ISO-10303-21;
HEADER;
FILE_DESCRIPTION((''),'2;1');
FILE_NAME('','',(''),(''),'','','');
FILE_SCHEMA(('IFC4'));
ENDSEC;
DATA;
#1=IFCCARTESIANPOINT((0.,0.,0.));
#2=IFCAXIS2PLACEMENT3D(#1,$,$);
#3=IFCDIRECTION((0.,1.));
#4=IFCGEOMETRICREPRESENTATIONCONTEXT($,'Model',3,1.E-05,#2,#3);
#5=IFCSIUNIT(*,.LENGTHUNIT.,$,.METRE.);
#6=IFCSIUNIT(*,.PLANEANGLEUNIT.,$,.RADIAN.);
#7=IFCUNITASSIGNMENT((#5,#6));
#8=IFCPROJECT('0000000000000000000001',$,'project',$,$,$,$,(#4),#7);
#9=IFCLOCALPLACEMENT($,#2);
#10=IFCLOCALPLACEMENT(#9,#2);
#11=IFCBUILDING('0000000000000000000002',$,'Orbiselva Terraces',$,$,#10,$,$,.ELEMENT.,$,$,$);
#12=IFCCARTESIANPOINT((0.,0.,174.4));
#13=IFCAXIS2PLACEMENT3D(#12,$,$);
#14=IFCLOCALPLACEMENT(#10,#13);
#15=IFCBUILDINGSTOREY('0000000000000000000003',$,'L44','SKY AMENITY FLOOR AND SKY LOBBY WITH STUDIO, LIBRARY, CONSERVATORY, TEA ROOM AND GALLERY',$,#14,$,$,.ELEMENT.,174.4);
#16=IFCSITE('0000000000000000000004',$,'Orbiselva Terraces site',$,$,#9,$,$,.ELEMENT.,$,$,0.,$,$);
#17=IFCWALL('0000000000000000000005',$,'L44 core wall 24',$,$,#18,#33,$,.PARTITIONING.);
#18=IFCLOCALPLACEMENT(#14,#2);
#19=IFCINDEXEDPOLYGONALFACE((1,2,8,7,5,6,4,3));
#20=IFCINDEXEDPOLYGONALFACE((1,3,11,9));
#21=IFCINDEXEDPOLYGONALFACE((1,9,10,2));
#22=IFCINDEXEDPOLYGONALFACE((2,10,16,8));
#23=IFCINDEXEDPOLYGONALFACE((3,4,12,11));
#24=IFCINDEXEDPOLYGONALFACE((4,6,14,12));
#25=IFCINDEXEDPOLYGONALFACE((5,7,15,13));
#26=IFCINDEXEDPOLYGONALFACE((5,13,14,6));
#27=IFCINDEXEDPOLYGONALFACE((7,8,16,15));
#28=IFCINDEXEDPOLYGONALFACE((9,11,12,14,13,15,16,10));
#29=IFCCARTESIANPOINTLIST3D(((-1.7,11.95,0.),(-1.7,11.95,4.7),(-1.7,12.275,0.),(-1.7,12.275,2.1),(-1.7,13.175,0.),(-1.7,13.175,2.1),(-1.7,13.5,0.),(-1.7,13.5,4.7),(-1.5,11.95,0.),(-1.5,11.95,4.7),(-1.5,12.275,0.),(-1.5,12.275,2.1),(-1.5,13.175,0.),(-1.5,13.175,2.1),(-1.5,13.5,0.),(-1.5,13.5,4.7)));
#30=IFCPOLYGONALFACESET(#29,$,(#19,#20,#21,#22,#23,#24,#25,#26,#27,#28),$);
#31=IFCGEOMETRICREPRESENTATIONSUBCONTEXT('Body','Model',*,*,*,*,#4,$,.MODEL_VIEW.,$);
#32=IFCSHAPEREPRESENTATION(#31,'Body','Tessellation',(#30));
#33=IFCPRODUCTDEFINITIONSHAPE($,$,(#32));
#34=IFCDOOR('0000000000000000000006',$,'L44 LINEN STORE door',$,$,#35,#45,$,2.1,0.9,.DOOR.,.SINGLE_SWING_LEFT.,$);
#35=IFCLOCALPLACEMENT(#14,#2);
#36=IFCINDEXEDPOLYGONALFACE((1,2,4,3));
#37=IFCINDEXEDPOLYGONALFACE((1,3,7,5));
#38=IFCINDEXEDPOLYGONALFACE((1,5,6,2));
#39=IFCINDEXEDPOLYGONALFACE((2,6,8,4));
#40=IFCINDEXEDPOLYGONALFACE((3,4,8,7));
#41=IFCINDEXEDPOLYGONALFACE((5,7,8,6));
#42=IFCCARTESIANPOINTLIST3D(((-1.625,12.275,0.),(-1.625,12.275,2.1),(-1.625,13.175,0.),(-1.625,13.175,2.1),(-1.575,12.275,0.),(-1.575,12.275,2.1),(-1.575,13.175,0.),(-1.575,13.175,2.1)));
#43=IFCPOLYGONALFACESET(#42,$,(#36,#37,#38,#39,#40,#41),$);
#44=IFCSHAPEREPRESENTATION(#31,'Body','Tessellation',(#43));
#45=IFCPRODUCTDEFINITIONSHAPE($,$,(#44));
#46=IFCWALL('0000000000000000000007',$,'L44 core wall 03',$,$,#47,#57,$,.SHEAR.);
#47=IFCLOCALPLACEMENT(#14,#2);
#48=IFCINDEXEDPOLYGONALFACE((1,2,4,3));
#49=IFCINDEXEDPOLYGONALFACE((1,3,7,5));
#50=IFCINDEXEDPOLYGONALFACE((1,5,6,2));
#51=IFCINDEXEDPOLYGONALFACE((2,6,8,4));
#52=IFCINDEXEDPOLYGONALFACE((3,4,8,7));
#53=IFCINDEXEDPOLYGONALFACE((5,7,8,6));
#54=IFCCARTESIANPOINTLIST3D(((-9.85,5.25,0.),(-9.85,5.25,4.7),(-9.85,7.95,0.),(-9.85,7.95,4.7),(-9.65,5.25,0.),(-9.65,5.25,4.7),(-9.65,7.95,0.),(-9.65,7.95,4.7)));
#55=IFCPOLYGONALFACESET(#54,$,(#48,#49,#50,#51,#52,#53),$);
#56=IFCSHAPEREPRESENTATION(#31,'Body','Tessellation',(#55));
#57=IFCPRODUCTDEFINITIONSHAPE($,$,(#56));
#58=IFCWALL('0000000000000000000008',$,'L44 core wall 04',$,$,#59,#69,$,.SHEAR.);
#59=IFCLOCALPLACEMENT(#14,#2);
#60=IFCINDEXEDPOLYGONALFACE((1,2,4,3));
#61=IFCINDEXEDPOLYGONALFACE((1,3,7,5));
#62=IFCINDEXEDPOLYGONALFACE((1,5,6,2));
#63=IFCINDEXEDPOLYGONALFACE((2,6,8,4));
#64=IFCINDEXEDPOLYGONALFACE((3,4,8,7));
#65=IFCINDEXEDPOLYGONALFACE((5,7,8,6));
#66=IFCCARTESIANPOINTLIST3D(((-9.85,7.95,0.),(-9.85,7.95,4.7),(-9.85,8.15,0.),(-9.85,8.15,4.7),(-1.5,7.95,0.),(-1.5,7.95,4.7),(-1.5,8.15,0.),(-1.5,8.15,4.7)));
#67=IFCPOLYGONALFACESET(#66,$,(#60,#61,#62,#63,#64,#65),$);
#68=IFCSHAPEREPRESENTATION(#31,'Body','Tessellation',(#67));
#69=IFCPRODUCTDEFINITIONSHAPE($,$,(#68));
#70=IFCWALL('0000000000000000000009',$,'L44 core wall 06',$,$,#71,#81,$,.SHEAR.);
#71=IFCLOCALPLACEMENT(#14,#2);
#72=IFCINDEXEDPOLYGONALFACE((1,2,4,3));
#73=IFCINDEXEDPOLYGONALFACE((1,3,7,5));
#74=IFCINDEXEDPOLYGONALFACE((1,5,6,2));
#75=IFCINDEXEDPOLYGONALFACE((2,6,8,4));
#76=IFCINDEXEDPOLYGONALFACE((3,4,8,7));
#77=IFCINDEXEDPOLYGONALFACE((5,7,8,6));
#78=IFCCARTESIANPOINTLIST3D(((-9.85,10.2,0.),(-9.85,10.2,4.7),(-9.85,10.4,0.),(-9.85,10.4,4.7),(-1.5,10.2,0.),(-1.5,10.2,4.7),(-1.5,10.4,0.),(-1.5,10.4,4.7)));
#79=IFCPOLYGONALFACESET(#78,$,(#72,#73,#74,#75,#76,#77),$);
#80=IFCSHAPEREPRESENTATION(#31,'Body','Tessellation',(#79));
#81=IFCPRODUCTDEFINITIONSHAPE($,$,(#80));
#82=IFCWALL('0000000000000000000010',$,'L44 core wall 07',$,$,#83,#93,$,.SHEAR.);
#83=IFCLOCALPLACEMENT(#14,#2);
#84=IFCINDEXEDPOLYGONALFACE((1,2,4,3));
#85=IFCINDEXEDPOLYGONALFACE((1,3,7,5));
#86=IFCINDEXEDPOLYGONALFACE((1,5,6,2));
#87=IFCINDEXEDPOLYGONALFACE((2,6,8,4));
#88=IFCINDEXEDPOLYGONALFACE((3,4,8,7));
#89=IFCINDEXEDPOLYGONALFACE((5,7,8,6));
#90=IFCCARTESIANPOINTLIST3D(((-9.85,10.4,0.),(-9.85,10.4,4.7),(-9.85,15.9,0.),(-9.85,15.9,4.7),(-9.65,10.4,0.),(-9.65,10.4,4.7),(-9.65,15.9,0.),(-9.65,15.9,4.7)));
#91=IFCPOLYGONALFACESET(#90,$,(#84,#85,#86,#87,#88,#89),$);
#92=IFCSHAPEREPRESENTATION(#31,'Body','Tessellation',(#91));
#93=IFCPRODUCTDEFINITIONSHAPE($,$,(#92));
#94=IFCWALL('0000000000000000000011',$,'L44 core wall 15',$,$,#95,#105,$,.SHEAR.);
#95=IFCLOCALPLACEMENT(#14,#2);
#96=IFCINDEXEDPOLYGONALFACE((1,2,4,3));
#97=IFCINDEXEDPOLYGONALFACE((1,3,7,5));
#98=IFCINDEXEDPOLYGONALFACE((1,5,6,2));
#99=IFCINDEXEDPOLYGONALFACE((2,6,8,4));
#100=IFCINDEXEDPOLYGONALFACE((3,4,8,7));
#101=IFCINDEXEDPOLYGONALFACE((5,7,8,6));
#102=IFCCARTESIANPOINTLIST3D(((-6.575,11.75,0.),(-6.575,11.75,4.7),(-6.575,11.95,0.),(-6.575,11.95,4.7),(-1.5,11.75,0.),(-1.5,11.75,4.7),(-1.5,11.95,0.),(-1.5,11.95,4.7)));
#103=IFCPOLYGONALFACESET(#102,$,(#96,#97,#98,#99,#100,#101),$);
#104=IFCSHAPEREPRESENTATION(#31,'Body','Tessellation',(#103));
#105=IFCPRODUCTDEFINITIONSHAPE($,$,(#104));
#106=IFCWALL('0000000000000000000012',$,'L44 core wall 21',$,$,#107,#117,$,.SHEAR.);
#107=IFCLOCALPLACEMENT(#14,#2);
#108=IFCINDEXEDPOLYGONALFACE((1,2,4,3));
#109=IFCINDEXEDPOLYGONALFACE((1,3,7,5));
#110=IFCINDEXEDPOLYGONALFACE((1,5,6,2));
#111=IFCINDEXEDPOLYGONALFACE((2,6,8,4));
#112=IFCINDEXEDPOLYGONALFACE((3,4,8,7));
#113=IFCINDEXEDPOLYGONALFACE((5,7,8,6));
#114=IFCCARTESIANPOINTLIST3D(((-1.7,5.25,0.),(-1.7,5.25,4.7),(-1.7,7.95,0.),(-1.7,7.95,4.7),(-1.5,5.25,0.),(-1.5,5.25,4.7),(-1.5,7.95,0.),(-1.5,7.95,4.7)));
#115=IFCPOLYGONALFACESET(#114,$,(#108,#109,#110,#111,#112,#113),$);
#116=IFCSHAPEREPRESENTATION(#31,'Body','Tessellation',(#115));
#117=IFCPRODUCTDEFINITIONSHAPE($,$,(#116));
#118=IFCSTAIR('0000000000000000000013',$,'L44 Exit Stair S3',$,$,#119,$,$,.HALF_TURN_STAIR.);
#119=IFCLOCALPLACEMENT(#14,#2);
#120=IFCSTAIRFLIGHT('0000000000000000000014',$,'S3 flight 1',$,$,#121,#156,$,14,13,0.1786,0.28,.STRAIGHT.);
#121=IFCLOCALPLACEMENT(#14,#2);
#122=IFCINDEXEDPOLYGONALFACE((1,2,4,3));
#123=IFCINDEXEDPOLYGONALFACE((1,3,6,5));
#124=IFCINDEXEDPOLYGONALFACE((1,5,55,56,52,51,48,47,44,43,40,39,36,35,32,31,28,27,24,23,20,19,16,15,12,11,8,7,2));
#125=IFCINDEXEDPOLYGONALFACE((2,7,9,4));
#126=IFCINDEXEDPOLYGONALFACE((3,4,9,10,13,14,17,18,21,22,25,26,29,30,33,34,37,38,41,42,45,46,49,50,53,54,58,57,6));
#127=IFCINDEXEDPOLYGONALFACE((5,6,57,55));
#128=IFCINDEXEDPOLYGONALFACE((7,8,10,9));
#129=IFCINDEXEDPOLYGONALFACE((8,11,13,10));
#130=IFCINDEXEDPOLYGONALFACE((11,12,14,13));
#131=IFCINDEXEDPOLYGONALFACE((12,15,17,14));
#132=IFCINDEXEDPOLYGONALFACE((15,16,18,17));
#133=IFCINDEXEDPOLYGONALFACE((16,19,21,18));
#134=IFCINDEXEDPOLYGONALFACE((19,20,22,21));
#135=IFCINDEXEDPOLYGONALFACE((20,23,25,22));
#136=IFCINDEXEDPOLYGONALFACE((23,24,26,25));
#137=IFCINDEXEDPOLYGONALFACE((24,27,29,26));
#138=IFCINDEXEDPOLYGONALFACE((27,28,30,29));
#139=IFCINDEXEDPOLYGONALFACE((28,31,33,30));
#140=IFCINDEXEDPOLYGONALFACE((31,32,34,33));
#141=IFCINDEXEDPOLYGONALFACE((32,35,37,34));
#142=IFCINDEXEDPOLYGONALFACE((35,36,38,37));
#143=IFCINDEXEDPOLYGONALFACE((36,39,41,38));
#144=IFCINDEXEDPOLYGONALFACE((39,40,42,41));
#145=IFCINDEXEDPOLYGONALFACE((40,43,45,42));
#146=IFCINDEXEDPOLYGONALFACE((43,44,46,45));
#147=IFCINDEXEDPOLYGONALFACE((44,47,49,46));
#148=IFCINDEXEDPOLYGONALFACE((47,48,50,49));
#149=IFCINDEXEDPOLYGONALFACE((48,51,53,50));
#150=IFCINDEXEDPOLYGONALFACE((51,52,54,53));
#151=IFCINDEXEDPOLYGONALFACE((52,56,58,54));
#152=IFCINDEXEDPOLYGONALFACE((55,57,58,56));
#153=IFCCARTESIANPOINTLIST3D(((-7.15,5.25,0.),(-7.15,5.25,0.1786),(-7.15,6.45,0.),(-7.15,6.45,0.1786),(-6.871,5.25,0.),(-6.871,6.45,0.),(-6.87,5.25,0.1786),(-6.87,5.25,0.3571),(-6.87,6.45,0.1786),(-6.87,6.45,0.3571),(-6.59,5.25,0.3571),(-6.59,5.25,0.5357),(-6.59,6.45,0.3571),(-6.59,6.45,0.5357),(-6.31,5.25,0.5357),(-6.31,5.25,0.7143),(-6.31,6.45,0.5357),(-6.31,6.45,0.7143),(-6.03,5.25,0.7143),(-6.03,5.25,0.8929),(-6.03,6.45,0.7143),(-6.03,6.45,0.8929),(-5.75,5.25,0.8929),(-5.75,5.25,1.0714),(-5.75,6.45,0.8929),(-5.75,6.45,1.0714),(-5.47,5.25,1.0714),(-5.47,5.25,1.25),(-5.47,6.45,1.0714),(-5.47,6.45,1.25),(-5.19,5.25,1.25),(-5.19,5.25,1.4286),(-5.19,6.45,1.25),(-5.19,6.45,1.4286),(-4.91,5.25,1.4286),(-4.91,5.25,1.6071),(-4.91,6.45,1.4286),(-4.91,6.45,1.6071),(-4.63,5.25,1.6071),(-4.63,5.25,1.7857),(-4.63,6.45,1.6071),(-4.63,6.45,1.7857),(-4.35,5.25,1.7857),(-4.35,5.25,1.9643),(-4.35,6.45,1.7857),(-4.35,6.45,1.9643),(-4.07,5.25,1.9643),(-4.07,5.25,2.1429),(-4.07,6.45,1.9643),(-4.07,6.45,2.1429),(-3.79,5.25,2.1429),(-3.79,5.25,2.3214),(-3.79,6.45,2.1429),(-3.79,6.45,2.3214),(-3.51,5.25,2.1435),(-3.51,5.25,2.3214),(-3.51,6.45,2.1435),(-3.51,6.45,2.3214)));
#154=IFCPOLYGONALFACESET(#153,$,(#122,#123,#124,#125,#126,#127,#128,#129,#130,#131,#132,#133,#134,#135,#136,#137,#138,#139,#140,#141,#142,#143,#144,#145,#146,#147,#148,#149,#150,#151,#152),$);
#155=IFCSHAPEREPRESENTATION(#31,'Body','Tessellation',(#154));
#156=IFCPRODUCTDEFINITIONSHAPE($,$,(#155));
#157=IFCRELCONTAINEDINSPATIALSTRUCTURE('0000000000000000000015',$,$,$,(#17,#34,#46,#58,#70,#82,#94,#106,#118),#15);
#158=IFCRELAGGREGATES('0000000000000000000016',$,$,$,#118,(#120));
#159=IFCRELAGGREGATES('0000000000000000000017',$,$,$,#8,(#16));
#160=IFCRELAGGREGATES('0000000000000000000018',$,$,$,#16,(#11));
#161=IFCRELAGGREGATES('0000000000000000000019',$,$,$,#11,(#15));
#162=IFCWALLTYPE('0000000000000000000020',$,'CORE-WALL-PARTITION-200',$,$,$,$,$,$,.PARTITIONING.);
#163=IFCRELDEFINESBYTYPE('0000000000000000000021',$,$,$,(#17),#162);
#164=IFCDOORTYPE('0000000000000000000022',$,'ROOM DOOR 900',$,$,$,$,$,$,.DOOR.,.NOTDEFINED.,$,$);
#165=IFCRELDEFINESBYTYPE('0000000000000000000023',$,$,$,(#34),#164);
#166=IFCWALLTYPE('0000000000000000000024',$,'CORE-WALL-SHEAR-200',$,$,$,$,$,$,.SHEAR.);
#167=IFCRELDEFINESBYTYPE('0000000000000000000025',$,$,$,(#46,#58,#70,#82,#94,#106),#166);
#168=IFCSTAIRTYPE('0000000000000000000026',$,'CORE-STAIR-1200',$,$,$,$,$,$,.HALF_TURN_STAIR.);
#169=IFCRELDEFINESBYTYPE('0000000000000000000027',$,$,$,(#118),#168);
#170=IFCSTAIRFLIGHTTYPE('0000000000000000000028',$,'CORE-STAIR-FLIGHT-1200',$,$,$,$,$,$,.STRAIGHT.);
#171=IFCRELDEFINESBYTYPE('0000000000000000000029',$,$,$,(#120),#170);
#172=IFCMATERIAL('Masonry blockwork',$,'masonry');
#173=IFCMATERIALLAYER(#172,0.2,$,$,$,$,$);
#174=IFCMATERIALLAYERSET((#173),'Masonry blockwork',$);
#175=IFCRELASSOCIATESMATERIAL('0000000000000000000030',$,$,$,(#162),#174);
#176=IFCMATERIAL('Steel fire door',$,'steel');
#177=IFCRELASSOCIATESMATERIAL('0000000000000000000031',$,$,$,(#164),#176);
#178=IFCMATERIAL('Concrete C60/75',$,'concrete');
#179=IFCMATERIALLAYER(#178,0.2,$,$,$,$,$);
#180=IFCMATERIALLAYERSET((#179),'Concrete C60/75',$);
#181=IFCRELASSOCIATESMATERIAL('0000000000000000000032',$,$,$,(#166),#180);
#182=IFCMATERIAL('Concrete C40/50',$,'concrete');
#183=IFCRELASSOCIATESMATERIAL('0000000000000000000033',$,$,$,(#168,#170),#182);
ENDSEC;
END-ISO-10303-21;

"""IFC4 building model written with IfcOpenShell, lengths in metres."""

from ifc_helpers import new_model, si_unit, direction, frame, frame_2d, origin, place, context, subcontext, project, spatial, polyline, rectangle, outline, extrude, material, layer, layer_set, type_object, element, fill, aggregate, save


model = new_model("IFC4")

# Units and contexts
model_context = context("Model", 3, precision=1e-05, world=origin(), true_north=direction((0.0, 1.0)))
body_context = subcontext(model_context, "Body", "Model", "MODEL_VIEW")
ifc_project = project(units=[si_unit("LENGTHUNIT", "METRE"), si_unit("PLANEANGLEUNIT", "RADIAN")], contexts=[model_context])

# Site, building, storey
site_placement = place(None, origin())
site = spatial("IfcSite", under=ifc_project, at=site_placement, Name="Orbiselva Terraces site", CompositionType="ELEMENT", RefElevation=0.0)
building_placement = place(site_placement, origin())
building = spatial("IfcBuilding", under=site, at=building_placement, Name="Orbiselva Terraces", CompositionType="ELEMENT")
storey_placement = place(building_placement, frame((0.0, 0.0, 174.4)))
storey = spatial("IfcBuildingStorey", under=building, at=storey_placement, Name="L44", Description="SKY AMENITY FLOOR AND SKY LOBBY WITH STUDIO, LIBRARY, CONSERVATORY, TEA ROOM AND GALLERY", CompositionType="ELEMENT", Elevation=174.4)

# Shared definitions
ifc_material_1 = material(Name="Masonry blockwork", Category="masonry")
ifc_layer_1 = layer(ifc_material_1, 0.2)
ifc_layer_set_1 = layer_set([ifc_layer_1], Name="Masonry blockwork")
wall_type_1 = type_object("IfcWallType", Name="CORE-WALL-PARTITION-200", PredefinedType="PARTITIONING", material=ifc_layer_set_1)
ifc_material_2 = material(Name="Steel fire door", Category="steel")
door_type = type_object("IfcDoorType", Name="ROOM DOOR 900", OperationType="NOTDEFINED", PredefinedType="DOOR", material=ifc_material_2)

# Wall, opening, door
wall_1_placement = place(storey_placement, frame((-1.6, 11.95, 0.0), z_axis=(0.0, 0.0, 1.0), x_axis=(0.0, 1.0, 0.0)))
wall_1 = element("IfcWall", 1, at=wall_1_placement, inside=storey, type_object=wall_type_1, Name="L44 core wall 24", PredefinedType="PARTITIONING", context=body_context, shape_type="SweptSolid", body=[
    extrude(rectangle(XDim=1.55, YDim=0.2, at=frame_2d((0.775, 0.0))), origin(), (0.0, 0.0, 1.0), 4.7),
])
opening_1_placement = place(wall_1_placement, frame((0.325, 0.0, 0.0)))
opening_1 = element("IfcOpeningElement", 2, at=opening_1_placement, cuts=wall_1, PredefinedType="OPENING", context=body_context, shape_type="SweptSolid", body=[
    extrude(rectangle(XDim=0.9, YDim=2.1, at=frame_2d((0.45, 1.05))), frame((0.0, 0.11, 0.0), z_axis=(0.0, -1.0, 0.0), x_axis=(1.0, 0.0, 0.0)), (0.0, 0.0, 1.0), 0.22),
])
door_1_placement = place(opening_1_placement, origin())
door_1 = element("IfcDoor", 3, at=door_1_placement, inside=storey, type_object=door_type, Name="L44 LINEN STORE door", OperationType="SINGLE_SWING_LEFT", OverallHeight=2.1, OverallWidth=0.9, PredefinedType="DOOR", context=body_context, shape_type="SweptSolid", body=[
    extrude(rectangle(XDim=0.9, YDim=2.1, at=frame_2d((0.45, 1.05))), frame((0.0, 0.025, 0.0), z_axis=(0.0, -1.0, 0.0), x_axis=(1.0, 0.0, 0.0)), (0.0, 0.0, 1.0), 0.05),
])
fill(opening_1, door_1)

# Walls
ifc_material_3 = material(Name="Concrete C60/75", Category="concrete")
ifc_layer_2 = layer(ifc_material_3, 0.2)
ifc_layer_set_2 = layer_set([ifc_layer_2], Name="Concrete C60/75")
wall_type_2 = type_object("IfcWallType", Name="CORE-WALL-SHEAR-200", PredefinedType="SHEAR", material=ifc_layer_set_2)
wall_2_placement = place(storey_placement, frame((-9.75, 5.25, 0.0), z_axis=(0.0, 0.0, 1.0), x_axis=(0.0, 1.0, 0.0)))
element("IfcWall", 4, at=wall_2_placement, inside=storey, type_object=wall_type_2, Name="L44 core wall 03", PredefinedType="SHEAR", context=body_context, shape_type="SweptSolid", body=[
    extrude(rectangle(XDim=2.7, YDim=0.2, at=frame_2d((1.35, 0.0))), origin(), (0.0, 0.0, 1.0), 4.7),
])
for number, where, z_axis, x_axis, name in (
    (5, (-9.85, 8.05, 0.0), (0.0, 0.0, 1.0), (1.0, 0.0, 0.0), "L44 core wall 04"),
    (6, (-9.85, 10.3, 0.0), (0.0, 0.0, 1.0), (1.0, 0.0, 0.0), "L44 core wall 06"),
):
    element("IfcWall", number, at=place(storey_placement, frame(where, z_axis=z_axis, x_axis=x_axis)), inside=storey, type_object=wall_type_2, Name=name, PredefinedType="SHEAR", context=body_context, shape_type="SweptSolid", body=[
        extrude(rectangle(XDim=8.35, YDim=0.2, at=frame_2d((4.175, 0.0))), origin(), (0.0, 0.0, 1.0), 4.7),
    ])
wall_3_placement = place(storey_placement, frame((-9.75, 10.4, 0.0), z_axis=(0.0, 0.0, 1.0), x_axis=(0.0, 1.0, 0.0)))
element("IfcWall", 7, at=wall_3_placement, inside=storey, type_object=wall_type_2, Name="L44 core wall 07", PredefinedType="SHEAR", context=body_context, shape_type="SweptSolid", body=[
    extrude(rectangle(XDim=5.5, YDim=0.2, at=frame_2d((2.75, 0.0))), origin(), (0.0, 0.0, 1.0), 4.7),
])
wall_4_placement = place(storey_placement, frame((-6.575, 11.85, 0.0), z_axis=(0.0, 0.0, 1.0), x_axis=(1.0, 0.0, 0.0)))
element("IfcWall", 8, at=wall_4_placement, inside=storey, type_object=wall_type_2, Name="L44 core wall 15", PredefinedType="SHEAR", context=body_context, shape_type="SweptSolid", body=[
    extrude(rectangle(XDim=5.075, YDim=0.2, at=frame_2d((2.5375, 0.0))), origin(), (0.0, 0.0, 1.0), 4.7),
])
wall_5_placement = place(storey_placement, frame((-1.6, 5.25, 0.0), z_axis=(0.0, 0.0, 1.0), x_axis=(0.0, 1.0, 0.0)))
element("IfcWall", 9, at=wall_5_placement, inside=storey, type_object=wall_type_2, Name="L44 core wall 21", PredefinedType="SHEAR", context=body_context, shape_type="SweptSolid", body=[
    extrude(rectangle(XDim=2.7, YDim=0.2, at=frame_2d((1.35, 0.0))), origin(), (0.0, 0.0, 1.0), 4.7),
])

# Stair, stair flight
ifc_material_4 = material(Name="Concrete C40/50", Category="concrete")
stair_type = type_object("IfcStairType", Name="CORE-STAIR-1200", PredefinedType="HALF_TURN_STAIR", material=ifc_material_4)
stair_placement = place(storey_placement, origin())
stair = element("IfcStair", 10, at=stair_placement, inside=storey, type_object=stair_type, Name="L44 Exit Stair S3", PredefinedType="HALF_TURN_STAIR")
stair_flight_type = type_object("IfcStairFlightType", Name="CORE-STAIR-FLIGHT-1200", PredefinedType="STRAIGHT", material=ifc_material_4)
stair_flight_1_placement = place(storey_placement, frame((-7.15, 5.85, 0.0), z_axis=(0.0, 0.0, 1.0), x_axis=(1.0, 0.0, 0.0)))
stair_flight_1 = element("IfcStairFlight", 11, at=stair_flight_1_placement, type_object=stair_flight_type, Name="S3 flight 1", NumberOfRisers=14, NumberOfTreads=13, PredefinedType="STRAIGHT", RiserHeight=0.1786, TreadLength=0.28, context=body_context, shape_type="SweptSolid", body=[
    extrude(outline(polyline([(0.0, 0.0), (0.0, 0.1786), (0.28, 0.1786), (0.28, 0.3571), (0.56, 0.3571), (0.56, 0.5357), (0.84, 0.5357), (0.84, 0.7143), (1.12, 0.7143), (1.12, 0.8929), (1.4, 0.8929), (1.4, 1.0714), (1.68, 1.0714), (1.68, 1.25), (1.96, 1.25), (1.96, 1.4286), (2.24, 1.4286), (2.24, 1.6071), (2.52, 1.6071), (2.52, 1.7857), (2.8, 1.7857), (2.8, 1.9643), (3.08, 1.9643), (3.08, 2.1429), (3.36, 2.1429), (3.36, 2.3214), (3.64, 2.3214), (3.64, 2.5), (3.64, 2.1435), (0.279, 0.0), (0.0, 0.0)])), frame((0.0, 0.6, 0.0), z_axis=(0.0, -1.0, 0.0), x_axis=(1.0, 0.0, 0.0)), (0.0, 0.0, 1.0), 1.2),
])
aggregate(stair, [stair_flight_1])

save(model, "model.ifc")
